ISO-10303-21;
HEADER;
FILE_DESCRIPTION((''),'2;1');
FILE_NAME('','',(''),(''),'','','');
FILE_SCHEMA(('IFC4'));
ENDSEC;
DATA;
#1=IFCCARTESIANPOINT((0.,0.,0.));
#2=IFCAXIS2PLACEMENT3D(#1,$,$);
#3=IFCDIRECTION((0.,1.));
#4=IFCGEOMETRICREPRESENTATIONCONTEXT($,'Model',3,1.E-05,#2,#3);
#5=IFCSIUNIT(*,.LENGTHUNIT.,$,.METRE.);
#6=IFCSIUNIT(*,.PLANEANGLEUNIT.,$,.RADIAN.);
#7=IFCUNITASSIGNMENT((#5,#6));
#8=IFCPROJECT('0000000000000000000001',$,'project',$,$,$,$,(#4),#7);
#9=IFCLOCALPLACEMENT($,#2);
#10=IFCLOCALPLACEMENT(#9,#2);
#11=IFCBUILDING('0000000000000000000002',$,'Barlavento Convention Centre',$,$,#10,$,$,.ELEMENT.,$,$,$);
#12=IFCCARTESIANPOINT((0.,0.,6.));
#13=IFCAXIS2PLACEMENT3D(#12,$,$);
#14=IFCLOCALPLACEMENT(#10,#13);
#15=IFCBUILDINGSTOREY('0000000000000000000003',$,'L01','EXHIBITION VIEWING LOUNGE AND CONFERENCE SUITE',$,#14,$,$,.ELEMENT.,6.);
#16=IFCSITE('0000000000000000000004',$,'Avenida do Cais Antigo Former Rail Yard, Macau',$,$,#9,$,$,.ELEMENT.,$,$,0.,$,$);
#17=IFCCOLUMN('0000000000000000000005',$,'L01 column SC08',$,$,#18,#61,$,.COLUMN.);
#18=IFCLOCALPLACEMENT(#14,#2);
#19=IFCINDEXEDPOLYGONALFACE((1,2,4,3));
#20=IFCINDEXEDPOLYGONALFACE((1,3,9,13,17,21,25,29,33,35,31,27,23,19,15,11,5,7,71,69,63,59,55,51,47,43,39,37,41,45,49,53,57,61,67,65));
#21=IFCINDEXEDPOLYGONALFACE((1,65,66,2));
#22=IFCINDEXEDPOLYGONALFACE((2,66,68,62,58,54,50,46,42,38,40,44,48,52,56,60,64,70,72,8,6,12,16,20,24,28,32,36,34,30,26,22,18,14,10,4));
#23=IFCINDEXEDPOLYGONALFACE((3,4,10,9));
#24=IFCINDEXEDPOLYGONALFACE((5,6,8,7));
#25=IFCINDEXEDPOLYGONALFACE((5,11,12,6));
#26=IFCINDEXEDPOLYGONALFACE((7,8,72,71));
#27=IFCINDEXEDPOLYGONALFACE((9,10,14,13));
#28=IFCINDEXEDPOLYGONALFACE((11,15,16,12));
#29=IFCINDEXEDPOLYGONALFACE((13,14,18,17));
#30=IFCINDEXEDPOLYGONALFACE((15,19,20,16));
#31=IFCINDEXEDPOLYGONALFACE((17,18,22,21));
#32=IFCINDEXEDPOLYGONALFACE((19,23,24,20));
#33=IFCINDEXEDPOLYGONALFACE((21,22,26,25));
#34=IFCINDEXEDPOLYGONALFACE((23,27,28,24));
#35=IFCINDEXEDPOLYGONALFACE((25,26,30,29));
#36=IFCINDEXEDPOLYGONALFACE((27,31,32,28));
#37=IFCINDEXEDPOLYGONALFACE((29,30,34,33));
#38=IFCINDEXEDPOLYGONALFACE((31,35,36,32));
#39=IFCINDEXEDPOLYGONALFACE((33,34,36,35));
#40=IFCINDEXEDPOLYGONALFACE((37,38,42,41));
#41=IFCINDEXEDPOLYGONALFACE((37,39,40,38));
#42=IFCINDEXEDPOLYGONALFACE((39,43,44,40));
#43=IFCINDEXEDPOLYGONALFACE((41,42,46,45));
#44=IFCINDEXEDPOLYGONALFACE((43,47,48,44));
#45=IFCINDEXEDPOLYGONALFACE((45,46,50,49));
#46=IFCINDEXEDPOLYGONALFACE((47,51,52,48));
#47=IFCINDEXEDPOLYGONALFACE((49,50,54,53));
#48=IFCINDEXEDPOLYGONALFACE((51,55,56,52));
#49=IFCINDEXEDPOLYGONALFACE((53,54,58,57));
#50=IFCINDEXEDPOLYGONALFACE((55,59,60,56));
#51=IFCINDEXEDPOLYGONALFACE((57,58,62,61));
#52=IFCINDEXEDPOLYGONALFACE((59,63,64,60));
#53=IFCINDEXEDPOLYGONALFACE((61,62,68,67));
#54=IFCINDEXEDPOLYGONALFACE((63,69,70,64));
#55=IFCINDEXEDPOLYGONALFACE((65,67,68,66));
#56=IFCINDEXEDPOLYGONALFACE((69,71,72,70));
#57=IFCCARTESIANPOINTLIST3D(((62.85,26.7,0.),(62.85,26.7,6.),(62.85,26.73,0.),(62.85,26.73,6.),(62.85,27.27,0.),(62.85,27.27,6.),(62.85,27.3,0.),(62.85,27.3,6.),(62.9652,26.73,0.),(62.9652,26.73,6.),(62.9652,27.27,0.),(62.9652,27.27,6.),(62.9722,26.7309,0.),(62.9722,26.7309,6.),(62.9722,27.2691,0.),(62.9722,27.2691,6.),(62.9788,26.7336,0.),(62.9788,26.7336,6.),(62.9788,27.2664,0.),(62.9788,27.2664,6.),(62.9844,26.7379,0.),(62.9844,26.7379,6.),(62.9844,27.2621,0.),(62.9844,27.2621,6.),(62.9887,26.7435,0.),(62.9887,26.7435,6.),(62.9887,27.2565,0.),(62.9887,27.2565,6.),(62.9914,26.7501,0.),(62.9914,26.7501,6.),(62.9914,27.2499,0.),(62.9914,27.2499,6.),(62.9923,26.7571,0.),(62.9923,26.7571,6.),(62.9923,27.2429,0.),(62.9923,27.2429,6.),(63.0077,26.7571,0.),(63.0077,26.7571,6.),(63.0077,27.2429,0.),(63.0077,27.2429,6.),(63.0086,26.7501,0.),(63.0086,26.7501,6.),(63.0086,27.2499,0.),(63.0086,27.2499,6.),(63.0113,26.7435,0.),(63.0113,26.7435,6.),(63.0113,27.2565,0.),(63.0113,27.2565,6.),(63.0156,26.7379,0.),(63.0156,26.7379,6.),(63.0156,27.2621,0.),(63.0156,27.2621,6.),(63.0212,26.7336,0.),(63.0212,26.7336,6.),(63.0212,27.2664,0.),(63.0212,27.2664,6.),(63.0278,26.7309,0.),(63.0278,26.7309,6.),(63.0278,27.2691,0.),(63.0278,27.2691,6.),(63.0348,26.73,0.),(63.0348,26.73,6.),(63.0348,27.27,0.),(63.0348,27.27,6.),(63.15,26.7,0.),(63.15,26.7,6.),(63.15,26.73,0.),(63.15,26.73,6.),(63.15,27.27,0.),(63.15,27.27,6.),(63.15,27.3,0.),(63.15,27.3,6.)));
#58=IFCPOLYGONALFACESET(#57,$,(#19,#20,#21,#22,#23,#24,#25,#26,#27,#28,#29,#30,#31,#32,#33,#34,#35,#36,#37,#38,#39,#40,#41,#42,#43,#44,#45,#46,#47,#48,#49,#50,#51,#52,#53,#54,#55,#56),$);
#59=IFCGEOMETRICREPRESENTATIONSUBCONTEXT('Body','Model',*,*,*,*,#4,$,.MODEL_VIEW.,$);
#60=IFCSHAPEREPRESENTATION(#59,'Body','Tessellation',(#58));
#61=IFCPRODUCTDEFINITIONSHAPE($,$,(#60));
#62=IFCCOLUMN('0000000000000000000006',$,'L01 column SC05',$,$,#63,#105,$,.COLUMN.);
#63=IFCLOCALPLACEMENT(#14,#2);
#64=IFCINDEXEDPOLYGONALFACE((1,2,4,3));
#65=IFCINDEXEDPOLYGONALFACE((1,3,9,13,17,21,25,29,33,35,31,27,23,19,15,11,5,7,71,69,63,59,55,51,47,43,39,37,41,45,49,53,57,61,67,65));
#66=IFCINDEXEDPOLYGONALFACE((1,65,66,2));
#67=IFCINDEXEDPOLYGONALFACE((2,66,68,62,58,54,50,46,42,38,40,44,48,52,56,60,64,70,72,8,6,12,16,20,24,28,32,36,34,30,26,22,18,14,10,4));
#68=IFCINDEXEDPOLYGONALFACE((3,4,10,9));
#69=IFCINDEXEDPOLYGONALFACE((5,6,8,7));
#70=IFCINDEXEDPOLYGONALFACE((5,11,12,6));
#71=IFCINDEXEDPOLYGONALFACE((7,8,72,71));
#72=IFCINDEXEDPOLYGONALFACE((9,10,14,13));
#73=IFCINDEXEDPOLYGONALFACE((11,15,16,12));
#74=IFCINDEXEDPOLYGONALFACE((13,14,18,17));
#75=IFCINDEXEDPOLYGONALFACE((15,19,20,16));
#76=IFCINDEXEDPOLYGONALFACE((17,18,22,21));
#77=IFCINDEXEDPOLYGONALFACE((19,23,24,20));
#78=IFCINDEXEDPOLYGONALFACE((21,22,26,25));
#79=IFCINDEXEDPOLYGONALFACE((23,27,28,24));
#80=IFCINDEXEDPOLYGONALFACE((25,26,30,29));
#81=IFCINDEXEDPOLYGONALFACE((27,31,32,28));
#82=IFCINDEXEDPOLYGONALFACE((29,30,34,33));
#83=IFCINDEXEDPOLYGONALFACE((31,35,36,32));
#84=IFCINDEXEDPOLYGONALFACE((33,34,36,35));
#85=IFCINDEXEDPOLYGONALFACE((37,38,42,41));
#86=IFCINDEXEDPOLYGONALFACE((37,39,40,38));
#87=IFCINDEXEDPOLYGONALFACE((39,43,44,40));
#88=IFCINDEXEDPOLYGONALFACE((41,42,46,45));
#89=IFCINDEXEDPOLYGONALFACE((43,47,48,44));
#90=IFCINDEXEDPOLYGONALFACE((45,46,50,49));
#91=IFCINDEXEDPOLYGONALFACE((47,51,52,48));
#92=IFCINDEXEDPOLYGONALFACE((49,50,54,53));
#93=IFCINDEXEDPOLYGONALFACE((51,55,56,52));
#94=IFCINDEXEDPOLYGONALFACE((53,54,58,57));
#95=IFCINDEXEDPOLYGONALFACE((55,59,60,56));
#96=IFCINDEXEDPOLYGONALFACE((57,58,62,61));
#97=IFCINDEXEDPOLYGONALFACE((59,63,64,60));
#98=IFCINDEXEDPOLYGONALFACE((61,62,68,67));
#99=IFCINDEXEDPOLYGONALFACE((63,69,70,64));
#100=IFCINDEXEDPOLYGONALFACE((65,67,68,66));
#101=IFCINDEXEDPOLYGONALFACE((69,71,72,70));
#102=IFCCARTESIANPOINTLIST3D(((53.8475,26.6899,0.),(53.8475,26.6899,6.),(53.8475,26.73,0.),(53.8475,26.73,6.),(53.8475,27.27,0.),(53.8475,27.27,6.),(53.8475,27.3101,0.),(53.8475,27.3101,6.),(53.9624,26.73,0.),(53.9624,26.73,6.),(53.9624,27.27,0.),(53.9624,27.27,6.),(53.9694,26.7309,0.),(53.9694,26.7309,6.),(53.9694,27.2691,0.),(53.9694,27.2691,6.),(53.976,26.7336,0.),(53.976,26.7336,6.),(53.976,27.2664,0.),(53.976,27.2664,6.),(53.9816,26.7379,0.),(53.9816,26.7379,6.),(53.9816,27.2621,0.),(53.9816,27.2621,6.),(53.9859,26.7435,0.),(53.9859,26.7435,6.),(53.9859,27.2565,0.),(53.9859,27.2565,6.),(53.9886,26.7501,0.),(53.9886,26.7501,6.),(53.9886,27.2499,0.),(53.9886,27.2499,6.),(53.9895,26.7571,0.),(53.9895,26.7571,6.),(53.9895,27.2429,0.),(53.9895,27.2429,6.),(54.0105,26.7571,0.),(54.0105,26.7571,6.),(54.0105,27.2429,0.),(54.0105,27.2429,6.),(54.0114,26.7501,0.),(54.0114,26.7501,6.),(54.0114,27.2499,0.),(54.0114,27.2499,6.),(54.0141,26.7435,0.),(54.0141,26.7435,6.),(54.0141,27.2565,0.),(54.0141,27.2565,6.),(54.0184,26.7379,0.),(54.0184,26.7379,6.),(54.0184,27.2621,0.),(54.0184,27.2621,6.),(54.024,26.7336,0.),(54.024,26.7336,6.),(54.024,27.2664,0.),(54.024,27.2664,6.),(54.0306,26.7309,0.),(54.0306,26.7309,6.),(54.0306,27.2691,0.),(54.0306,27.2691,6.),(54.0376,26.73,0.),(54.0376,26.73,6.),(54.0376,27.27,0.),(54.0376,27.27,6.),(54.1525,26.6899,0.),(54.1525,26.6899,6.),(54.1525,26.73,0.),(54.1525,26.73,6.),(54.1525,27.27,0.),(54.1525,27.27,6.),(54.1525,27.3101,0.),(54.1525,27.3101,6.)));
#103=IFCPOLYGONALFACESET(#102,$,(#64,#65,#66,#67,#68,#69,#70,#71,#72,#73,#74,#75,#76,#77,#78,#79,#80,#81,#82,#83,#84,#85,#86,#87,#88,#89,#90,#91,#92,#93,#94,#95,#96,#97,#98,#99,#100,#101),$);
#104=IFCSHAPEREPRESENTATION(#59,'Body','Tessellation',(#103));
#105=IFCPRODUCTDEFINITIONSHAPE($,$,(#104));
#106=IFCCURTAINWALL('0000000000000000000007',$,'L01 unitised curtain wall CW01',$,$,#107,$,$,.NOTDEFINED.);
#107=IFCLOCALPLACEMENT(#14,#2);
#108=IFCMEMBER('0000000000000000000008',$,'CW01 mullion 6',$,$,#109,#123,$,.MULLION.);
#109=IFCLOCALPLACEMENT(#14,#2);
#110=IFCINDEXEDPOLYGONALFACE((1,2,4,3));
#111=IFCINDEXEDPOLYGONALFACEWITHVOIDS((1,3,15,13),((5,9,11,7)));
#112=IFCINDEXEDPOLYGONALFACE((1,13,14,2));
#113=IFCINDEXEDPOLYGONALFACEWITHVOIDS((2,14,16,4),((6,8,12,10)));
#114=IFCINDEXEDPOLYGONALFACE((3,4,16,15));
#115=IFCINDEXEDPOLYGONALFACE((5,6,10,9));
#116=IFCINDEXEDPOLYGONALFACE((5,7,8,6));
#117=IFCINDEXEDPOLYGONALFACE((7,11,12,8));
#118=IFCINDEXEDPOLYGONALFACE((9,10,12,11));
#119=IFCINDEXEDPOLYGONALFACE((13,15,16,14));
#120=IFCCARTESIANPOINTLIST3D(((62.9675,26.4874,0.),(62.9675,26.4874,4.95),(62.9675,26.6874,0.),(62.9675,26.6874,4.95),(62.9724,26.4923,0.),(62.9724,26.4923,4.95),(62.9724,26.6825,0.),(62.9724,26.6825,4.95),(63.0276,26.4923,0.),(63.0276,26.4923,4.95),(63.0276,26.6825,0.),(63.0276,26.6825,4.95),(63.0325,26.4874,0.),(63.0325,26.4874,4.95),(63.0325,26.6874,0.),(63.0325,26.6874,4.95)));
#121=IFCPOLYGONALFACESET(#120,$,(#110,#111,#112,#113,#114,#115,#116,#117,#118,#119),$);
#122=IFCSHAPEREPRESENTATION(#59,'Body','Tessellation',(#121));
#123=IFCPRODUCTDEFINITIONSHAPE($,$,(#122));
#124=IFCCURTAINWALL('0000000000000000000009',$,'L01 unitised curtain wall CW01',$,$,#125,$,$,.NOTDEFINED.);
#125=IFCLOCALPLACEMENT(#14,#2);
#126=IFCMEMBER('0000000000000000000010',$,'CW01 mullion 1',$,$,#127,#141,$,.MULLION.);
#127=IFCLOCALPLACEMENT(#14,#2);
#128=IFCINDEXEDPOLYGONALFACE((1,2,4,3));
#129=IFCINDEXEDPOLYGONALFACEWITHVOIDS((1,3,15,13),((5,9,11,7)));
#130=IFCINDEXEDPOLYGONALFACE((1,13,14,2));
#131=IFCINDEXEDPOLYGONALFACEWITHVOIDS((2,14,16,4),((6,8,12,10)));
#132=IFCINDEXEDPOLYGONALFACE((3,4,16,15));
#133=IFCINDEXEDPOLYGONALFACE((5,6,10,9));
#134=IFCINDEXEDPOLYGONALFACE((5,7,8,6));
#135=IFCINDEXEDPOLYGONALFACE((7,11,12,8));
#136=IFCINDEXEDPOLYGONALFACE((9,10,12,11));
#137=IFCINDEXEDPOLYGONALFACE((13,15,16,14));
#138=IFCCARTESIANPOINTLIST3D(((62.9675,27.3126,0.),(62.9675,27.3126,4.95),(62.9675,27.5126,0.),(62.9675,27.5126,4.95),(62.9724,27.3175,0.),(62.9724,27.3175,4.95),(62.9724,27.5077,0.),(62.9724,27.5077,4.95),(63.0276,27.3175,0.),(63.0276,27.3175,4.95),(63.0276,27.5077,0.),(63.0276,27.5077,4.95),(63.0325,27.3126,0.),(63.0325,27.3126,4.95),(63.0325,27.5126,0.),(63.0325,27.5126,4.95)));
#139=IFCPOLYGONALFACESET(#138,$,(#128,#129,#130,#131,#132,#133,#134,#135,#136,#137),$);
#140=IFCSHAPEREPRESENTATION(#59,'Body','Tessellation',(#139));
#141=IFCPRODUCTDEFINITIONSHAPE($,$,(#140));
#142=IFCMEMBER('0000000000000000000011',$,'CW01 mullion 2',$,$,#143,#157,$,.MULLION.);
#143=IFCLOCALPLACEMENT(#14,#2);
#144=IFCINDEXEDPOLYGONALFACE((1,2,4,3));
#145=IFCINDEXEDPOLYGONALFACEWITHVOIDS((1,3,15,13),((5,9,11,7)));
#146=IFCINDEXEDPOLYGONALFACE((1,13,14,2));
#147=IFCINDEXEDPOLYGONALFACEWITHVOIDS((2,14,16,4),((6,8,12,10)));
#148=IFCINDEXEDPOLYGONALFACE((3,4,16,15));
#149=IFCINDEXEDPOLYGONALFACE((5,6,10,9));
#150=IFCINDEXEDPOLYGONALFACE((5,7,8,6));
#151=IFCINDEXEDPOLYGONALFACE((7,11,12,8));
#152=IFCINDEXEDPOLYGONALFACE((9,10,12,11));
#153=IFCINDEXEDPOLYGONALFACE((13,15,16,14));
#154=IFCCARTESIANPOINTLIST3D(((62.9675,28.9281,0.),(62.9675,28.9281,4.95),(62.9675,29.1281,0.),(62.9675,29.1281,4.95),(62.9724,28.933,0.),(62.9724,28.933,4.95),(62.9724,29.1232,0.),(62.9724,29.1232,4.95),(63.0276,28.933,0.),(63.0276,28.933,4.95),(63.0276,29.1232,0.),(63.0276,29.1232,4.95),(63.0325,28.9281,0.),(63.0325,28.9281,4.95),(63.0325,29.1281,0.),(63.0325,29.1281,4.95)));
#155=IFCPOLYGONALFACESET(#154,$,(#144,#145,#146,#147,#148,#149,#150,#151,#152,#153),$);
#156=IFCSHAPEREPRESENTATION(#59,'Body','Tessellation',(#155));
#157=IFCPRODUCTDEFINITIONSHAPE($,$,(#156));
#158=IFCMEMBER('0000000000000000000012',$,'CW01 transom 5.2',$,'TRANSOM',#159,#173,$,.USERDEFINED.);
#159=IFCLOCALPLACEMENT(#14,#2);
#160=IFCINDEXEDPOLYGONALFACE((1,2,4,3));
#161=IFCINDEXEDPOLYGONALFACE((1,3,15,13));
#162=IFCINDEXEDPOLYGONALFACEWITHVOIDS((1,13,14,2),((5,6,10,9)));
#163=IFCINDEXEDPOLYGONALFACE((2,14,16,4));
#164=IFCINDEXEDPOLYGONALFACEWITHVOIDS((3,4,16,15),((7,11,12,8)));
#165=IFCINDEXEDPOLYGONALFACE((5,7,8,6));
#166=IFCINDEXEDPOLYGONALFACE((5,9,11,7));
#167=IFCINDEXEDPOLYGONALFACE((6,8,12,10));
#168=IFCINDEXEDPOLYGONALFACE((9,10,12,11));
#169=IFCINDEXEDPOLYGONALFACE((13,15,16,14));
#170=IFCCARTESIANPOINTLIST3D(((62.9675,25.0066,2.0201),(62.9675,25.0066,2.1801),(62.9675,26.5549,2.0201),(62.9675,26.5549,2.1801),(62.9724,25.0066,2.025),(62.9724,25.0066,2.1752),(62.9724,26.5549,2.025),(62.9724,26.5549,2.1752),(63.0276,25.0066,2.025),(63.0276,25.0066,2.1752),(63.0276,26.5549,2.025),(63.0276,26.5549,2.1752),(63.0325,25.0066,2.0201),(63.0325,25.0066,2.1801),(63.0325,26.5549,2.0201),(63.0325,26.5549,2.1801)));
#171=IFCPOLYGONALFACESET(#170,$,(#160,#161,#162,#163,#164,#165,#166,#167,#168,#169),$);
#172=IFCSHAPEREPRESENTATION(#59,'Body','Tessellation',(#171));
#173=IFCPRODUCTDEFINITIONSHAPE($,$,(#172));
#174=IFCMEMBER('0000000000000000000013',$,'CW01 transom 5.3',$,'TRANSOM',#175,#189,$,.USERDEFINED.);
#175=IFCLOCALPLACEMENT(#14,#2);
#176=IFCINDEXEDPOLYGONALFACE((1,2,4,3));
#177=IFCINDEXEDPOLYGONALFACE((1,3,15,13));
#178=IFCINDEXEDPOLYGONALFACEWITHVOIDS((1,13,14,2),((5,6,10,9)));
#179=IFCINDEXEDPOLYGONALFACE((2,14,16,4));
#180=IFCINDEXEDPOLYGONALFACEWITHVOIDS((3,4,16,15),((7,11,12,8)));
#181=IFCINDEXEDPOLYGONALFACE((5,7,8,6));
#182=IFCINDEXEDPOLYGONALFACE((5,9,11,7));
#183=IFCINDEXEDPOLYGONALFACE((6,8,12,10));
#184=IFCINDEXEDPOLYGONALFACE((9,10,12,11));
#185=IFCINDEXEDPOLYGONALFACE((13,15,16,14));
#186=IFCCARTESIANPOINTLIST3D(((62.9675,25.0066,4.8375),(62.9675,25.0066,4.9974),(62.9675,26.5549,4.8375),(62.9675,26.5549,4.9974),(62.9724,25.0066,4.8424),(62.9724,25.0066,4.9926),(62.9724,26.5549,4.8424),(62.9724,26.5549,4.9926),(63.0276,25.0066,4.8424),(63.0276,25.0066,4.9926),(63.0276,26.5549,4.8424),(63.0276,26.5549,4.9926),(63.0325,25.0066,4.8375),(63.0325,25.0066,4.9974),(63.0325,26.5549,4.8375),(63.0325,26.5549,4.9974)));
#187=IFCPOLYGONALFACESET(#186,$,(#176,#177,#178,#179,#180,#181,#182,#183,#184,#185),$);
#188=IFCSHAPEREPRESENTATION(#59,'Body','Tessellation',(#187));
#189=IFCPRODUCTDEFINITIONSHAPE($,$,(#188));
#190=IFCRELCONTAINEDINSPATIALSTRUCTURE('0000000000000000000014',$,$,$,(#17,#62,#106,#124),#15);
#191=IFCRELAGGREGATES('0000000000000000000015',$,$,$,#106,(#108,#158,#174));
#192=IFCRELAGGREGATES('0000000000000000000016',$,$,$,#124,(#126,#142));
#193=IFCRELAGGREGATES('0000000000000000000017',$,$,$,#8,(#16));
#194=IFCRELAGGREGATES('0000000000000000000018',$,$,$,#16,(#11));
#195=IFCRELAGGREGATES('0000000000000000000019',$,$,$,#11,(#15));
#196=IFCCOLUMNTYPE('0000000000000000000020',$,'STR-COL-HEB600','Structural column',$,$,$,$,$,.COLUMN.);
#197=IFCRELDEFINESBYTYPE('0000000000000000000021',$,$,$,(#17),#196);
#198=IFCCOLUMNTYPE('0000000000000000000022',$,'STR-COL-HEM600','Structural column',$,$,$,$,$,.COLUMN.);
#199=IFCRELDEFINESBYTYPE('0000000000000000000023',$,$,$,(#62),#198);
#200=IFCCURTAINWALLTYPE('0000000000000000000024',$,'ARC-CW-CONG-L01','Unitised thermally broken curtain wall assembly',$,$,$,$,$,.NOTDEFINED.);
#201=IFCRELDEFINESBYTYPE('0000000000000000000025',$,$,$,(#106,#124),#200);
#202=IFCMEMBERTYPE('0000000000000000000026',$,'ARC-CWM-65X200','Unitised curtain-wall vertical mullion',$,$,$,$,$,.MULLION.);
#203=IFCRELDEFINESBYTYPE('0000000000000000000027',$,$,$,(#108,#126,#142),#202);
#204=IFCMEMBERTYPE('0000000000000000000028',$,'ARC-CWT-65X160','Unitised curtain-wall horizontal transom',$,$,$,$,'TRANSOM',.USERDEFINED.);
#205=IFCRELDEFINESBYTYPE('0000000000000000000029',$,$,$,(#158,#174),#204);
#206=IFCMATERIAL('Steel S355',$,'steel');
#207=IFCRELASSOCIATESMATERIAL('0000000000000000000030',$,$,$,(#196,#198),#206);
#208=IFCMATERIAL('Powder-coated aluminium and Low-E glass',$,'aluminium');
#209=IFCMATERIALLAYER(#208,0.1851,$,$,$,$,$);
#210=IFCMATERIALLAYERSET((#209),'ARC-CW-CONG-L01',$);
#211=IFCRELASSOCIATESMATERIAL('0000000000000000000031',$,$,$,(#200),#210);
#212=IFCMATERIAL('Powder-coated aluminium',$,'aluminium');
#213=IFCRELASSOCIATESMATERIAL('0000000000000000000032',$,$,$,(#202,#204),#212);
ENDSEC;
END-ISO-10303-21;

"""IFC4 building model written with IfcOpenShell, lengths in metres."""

from ifc_helpers import new_model, si_unit, direction, frame, origin, origin_2d, place, context, subcontext, project, spatial, hollow_rectangle, i_section, extrude, material, layer, layer_set, material_profile, profile_set, type_object, element, aggregate, save


model = new_model("IFC4")

# Units and contexts
model_context = context("Model", 3, precision=1e-05, world=origin(), true_north=direction((0.0, 1.0)))
body_context = subcontext(model_context, "Body", "Model", "MODEL_VIEW")
ifc_project = project(units=[si_unit("LENGTHUNIT", "METRE"), si_unit("PLANEANGLEUNIT", "RADIAN")], contexts=[model_context])

# Site, building, storey
site_placement = place(None, origin())
site = spatial("IfcSite", under=ifc_project, at=site_placement, Name="Avenida do Cais Antigo Former Rail Yard, Macau", CompositionType="ELEMENT", RefElevation=0.0)
building_placement = place(site_placement, origin())
building = spatial("IfcBuilding", under=site, at=building_placement, Name="Barlavento Convention Centre", CompositionType="ELEMENT")
storey_placement = place(building_placement, frame((0.0, 0.0, 6.0)))
storey = spatial("IfcBuildingStorey", under=building, at=storey_placement, Name="L01", Description="EXHIBITION VIEWING LOUNGE AND CONFERENCE SUITE", CompositionType="ELEMENT", Elevation=6.0)

# Columns
ifc_material_1 = material(Name="Steel S355", Category="steel")
ifc_material_profile_1 = material_profile(ifc_material_1, i_section(OverallWidth=0.3, OverallDepth=0.6001, WebThickness=0.0154, FlangeThickness=0.03, FilletRadius=0.0271, at=origin_2d()), Name="HEB 600")
ifc_profile_set_1 = profile_set([ifc_material_profile_1], Name="Steel S355")
column_type_1 = type_object("IfcColumnType", Name="STR-COL-HEB600", Description="Structural column", PredefinedType="COLUMN", material=ifc_profile_set_1)
column_1_placement = place(storey_placement, frame((63.0, 27.0, 0.0), z_axis=(0.0, 0.0, 1.0), x_axis=(1.0, 0.0, 0.0)))
element("IfcColumn", 1, at=column_1_placement, inside=storey, type_object=column_type_1, Name="L01 column SC08", PredefinedType="COLUMN", context=body_context, shape_type="SweptSolid", body=[
    extrude(i_section(OverallWidth=0.3, OverallDepth=0.6001, WebThickness=0.0154, FlangeThickness=0.03, FilletRadius=0.0271, at=origin_2d()), origin(), (0.0, 0.0, 1.0), 6.0),
])
ifc_material_profile_2 = material_profile(ifc_material_1, i_section(OverallWidth=0.3049, OverallDepth=0.6201, WebThickness=0.021, FlangeThickness=0.04, FilletRadius=0.0271, at=origin_2d()), Name="HEM 600")
ifc_profile_set_2 = profile_set([ifc_material_profile_2], Name="Steel S355")
column_type_2 = type_object("IfcColumnType", Name="STR-COL-HEM600", Description="Structural column", PredefinedType="COLUMN", material=ifc_profile_set_2)
column_2_placement = place(storey_placement, frame((54.0, 27.0, 0.0), z_axis=(0.0, 0.0, 1.0), x_axis=(1.0, 0.0, 0.0)))
element("IfcColumn", 2, at=column_2_placement, inside=storey, type_object=column_type_2, Name="L01 column SC05", PredefinedType="COLUMN", context=body_context, shape_type="SweptSolid", body=[
    extrude(i_section(OverallWidth=0.3049, OverallDepth=0.6201, WebThickness=0.021, FlangeThickness=0.04, FilletRadius=0.0271, at=origin_2d()), origin(), (0.0, 0.0, 1.0), 6.0),
])

# Curtain wall, member
ifc_material_2 = material(Name="Powder-coated aluminium and Low-E glass", Category="aluminium")
ifc_layer_1 = layer(ifc_material_2, 0.1851)
ifc_layer_set_1 = layer_set([ifc_layer_1], Name="ARC-CW-CONG-L01")
curtain_wall_type = type_object("IfcCurtainWallType", Name="ARC-CW-CONG-L01", Description="Unitised thermally broken curtain wall assembly", PredefinedType="NOTDEFINED", material=ifc_layer_set_1)
curtain_wall_1_placement = place(storey_placement, origin())
curtain_wall_1 = element("IfcCurtainWall", 3, at=curtain_wall_1_placement, inside=storey, type_object=curtain_wall_type, Name="L01 unitised curtain wall CW01", PredefinedType="NOTDEFINED")
ifc_material_3 = material(Name="Powder-coated aluminium", Category="aluminium")
ifc_material_profile_3 = material_profile(ifc_material_3, hollow_rectangle(XDim=0.0649, YDim=0.2, WallThickness=0.0049, at=origin_2d()), Name="AL-MULL 65x200x5")
ifc_profile_set_3 = profile_set([ifc_material_profile_3], Name="Powder-coated aluminium")
member_type_1 = type_object("IfcMemberType", Name="ARC-CWM-65X200", Description="Unitised curtain-wall vertical mullion", PredefinedType="MULLION", material=ifc_profile_set_3)
member_1_placement = place(storey_placement, frame((63.0, 26.5874, 0.0), z_axis=(0.0, 0.0, 1.0), x_axis=(-1.0, 0.0, 0.0)))
member_1 = element("IfcMember", 4, at=member_1_placement, type_object=member_type_1, Name="CW01 mullion 6", PredefinedType="MULLION", context=body_context, shape_type="SweptSolid", body=[
    extrude(hollow_rectangle(XDim=0.0649, YDim=0.2, WallThickness=0.0049, at=origin_2d()), origin(), (0.0, 0.0, 1.0), 4.95),
])

# Curtain wall, members
curtain_wall_2_placement = place(storey_placement, origin())
curtain_wall_2 = element("IfcCurtainWall", 5, at=curtain_wall_2_placement, inside=storey, type_object=curtain_wall_type, Name="L01 unitised curtain wall CW01", PredefinedType="NOTDEFINED")
member_2_placement = place(storey_placement, frame((63.0, 27.4126, 0.0), z_axis=(0.0, 0.0, 1.0), x_axis=(-1.0, 0.0, 0.0)))
member_2 = element("IfcMember", 6, at=member_2_placement, type_object=member_type_1, Name="CW01 mullion 1", PredefinedType="MULLION", context=body_context, shape_type="SweptSolid", body=[
    extrude(hollow_rectangle(XDim=0.0649, YDim=0.2, WallThickness=0.0049, at=origin_2d()), origin(), (0.0, 0.0, 1.0), 4.95),
])
member_3_placement = place(storey_placement, frame((63.0, 29.0281, 0.0), z_axis=(0.0, 0.0, 1.0), x_axis=(-1.0, 0.0, 0.0)))
member_3 = element("IfcMember", 7, at=member_3_placement, type_object=member_type_1, Name="CW01 mullion 2", PredefinedType="MULLION", context=body_context, shape_type="SweptSolid", body=[
    extrude(hollow_rectangle(XDim=0.0649, YDim=0.2, WallThickness=0.0049, at=origin_2d()), origin(), (0.0, 0.0, 1.0), 4.95),
])

# Members
ifc_material_profile_4 = material_profile(ifc_material_3, hollow_rectangle(XDim=0.0649, YDim=0.1599, WallThickness=0.0049, at=origin_2d()), Name="AL-TRAN 65x160x5")
ifc_profile_set_4 = profile_set([ifc_material_profile_4], Name="Powder-coated aluminium")
member_type_2 = type_object("IfcMemberType", Name="ARC-CWT-65X160", Description="Unitised curtain-wall horizontal transom", ElementType="TRANSOM", PredefinedType="USERDEFINED", material=ifc_profile_set_4)
member_4_placement = place(storey_placement, frame((63.0, 25.0066, 2.1001), z_axis=(0.0, 1.0, 0.0), x_axis=(-1.0, 0.0, 0.0)))
member_4 = element("IfcMember", 8, at=member_4_placement, type_object=member_type_2, Name="CW01 transom 5.2", ObjectType="TRANSOM", PredefinedType="USERDEFINED", context=body_context, shape_type="SweptSolid", body=[
    extrude(hollow_rectangle(XDim=0.0649, YDim=0.1599, WallThickness=0.0049, at=origin_2d()), origin(), (0.0, 0.0, 1.0), 1.5483),
])
member_5_placement = place(storey_placement, frame((63.0, 25.0066, 4.9175), z_axis=(0.0, 1.0, 0.0), x_axis=(-1.0, 0.0, 0.0)))
member_5 = element("IfcMember", 9, at=member_5_placement, type_object=member_type_2, Name="CW01 transom 5.3", ObjectType="TRANSOM", PredefinedType="USERDEFINED", context=body_context, shape_type="SweptSolid", body=[
    extrude(hollow_rectangle(XDim=0.0649, YDim=0.1599, WallThickness=0.0049, at=origin_2d()), origin(), (0.0, 0.0, 1.0), 1.5483),
])

aggregate(curtain_wall_1, [member_1, member_4, member_5])
aggregate(curtain_wall_2, [member_2, member_3])

save(model, "model.ifc")
